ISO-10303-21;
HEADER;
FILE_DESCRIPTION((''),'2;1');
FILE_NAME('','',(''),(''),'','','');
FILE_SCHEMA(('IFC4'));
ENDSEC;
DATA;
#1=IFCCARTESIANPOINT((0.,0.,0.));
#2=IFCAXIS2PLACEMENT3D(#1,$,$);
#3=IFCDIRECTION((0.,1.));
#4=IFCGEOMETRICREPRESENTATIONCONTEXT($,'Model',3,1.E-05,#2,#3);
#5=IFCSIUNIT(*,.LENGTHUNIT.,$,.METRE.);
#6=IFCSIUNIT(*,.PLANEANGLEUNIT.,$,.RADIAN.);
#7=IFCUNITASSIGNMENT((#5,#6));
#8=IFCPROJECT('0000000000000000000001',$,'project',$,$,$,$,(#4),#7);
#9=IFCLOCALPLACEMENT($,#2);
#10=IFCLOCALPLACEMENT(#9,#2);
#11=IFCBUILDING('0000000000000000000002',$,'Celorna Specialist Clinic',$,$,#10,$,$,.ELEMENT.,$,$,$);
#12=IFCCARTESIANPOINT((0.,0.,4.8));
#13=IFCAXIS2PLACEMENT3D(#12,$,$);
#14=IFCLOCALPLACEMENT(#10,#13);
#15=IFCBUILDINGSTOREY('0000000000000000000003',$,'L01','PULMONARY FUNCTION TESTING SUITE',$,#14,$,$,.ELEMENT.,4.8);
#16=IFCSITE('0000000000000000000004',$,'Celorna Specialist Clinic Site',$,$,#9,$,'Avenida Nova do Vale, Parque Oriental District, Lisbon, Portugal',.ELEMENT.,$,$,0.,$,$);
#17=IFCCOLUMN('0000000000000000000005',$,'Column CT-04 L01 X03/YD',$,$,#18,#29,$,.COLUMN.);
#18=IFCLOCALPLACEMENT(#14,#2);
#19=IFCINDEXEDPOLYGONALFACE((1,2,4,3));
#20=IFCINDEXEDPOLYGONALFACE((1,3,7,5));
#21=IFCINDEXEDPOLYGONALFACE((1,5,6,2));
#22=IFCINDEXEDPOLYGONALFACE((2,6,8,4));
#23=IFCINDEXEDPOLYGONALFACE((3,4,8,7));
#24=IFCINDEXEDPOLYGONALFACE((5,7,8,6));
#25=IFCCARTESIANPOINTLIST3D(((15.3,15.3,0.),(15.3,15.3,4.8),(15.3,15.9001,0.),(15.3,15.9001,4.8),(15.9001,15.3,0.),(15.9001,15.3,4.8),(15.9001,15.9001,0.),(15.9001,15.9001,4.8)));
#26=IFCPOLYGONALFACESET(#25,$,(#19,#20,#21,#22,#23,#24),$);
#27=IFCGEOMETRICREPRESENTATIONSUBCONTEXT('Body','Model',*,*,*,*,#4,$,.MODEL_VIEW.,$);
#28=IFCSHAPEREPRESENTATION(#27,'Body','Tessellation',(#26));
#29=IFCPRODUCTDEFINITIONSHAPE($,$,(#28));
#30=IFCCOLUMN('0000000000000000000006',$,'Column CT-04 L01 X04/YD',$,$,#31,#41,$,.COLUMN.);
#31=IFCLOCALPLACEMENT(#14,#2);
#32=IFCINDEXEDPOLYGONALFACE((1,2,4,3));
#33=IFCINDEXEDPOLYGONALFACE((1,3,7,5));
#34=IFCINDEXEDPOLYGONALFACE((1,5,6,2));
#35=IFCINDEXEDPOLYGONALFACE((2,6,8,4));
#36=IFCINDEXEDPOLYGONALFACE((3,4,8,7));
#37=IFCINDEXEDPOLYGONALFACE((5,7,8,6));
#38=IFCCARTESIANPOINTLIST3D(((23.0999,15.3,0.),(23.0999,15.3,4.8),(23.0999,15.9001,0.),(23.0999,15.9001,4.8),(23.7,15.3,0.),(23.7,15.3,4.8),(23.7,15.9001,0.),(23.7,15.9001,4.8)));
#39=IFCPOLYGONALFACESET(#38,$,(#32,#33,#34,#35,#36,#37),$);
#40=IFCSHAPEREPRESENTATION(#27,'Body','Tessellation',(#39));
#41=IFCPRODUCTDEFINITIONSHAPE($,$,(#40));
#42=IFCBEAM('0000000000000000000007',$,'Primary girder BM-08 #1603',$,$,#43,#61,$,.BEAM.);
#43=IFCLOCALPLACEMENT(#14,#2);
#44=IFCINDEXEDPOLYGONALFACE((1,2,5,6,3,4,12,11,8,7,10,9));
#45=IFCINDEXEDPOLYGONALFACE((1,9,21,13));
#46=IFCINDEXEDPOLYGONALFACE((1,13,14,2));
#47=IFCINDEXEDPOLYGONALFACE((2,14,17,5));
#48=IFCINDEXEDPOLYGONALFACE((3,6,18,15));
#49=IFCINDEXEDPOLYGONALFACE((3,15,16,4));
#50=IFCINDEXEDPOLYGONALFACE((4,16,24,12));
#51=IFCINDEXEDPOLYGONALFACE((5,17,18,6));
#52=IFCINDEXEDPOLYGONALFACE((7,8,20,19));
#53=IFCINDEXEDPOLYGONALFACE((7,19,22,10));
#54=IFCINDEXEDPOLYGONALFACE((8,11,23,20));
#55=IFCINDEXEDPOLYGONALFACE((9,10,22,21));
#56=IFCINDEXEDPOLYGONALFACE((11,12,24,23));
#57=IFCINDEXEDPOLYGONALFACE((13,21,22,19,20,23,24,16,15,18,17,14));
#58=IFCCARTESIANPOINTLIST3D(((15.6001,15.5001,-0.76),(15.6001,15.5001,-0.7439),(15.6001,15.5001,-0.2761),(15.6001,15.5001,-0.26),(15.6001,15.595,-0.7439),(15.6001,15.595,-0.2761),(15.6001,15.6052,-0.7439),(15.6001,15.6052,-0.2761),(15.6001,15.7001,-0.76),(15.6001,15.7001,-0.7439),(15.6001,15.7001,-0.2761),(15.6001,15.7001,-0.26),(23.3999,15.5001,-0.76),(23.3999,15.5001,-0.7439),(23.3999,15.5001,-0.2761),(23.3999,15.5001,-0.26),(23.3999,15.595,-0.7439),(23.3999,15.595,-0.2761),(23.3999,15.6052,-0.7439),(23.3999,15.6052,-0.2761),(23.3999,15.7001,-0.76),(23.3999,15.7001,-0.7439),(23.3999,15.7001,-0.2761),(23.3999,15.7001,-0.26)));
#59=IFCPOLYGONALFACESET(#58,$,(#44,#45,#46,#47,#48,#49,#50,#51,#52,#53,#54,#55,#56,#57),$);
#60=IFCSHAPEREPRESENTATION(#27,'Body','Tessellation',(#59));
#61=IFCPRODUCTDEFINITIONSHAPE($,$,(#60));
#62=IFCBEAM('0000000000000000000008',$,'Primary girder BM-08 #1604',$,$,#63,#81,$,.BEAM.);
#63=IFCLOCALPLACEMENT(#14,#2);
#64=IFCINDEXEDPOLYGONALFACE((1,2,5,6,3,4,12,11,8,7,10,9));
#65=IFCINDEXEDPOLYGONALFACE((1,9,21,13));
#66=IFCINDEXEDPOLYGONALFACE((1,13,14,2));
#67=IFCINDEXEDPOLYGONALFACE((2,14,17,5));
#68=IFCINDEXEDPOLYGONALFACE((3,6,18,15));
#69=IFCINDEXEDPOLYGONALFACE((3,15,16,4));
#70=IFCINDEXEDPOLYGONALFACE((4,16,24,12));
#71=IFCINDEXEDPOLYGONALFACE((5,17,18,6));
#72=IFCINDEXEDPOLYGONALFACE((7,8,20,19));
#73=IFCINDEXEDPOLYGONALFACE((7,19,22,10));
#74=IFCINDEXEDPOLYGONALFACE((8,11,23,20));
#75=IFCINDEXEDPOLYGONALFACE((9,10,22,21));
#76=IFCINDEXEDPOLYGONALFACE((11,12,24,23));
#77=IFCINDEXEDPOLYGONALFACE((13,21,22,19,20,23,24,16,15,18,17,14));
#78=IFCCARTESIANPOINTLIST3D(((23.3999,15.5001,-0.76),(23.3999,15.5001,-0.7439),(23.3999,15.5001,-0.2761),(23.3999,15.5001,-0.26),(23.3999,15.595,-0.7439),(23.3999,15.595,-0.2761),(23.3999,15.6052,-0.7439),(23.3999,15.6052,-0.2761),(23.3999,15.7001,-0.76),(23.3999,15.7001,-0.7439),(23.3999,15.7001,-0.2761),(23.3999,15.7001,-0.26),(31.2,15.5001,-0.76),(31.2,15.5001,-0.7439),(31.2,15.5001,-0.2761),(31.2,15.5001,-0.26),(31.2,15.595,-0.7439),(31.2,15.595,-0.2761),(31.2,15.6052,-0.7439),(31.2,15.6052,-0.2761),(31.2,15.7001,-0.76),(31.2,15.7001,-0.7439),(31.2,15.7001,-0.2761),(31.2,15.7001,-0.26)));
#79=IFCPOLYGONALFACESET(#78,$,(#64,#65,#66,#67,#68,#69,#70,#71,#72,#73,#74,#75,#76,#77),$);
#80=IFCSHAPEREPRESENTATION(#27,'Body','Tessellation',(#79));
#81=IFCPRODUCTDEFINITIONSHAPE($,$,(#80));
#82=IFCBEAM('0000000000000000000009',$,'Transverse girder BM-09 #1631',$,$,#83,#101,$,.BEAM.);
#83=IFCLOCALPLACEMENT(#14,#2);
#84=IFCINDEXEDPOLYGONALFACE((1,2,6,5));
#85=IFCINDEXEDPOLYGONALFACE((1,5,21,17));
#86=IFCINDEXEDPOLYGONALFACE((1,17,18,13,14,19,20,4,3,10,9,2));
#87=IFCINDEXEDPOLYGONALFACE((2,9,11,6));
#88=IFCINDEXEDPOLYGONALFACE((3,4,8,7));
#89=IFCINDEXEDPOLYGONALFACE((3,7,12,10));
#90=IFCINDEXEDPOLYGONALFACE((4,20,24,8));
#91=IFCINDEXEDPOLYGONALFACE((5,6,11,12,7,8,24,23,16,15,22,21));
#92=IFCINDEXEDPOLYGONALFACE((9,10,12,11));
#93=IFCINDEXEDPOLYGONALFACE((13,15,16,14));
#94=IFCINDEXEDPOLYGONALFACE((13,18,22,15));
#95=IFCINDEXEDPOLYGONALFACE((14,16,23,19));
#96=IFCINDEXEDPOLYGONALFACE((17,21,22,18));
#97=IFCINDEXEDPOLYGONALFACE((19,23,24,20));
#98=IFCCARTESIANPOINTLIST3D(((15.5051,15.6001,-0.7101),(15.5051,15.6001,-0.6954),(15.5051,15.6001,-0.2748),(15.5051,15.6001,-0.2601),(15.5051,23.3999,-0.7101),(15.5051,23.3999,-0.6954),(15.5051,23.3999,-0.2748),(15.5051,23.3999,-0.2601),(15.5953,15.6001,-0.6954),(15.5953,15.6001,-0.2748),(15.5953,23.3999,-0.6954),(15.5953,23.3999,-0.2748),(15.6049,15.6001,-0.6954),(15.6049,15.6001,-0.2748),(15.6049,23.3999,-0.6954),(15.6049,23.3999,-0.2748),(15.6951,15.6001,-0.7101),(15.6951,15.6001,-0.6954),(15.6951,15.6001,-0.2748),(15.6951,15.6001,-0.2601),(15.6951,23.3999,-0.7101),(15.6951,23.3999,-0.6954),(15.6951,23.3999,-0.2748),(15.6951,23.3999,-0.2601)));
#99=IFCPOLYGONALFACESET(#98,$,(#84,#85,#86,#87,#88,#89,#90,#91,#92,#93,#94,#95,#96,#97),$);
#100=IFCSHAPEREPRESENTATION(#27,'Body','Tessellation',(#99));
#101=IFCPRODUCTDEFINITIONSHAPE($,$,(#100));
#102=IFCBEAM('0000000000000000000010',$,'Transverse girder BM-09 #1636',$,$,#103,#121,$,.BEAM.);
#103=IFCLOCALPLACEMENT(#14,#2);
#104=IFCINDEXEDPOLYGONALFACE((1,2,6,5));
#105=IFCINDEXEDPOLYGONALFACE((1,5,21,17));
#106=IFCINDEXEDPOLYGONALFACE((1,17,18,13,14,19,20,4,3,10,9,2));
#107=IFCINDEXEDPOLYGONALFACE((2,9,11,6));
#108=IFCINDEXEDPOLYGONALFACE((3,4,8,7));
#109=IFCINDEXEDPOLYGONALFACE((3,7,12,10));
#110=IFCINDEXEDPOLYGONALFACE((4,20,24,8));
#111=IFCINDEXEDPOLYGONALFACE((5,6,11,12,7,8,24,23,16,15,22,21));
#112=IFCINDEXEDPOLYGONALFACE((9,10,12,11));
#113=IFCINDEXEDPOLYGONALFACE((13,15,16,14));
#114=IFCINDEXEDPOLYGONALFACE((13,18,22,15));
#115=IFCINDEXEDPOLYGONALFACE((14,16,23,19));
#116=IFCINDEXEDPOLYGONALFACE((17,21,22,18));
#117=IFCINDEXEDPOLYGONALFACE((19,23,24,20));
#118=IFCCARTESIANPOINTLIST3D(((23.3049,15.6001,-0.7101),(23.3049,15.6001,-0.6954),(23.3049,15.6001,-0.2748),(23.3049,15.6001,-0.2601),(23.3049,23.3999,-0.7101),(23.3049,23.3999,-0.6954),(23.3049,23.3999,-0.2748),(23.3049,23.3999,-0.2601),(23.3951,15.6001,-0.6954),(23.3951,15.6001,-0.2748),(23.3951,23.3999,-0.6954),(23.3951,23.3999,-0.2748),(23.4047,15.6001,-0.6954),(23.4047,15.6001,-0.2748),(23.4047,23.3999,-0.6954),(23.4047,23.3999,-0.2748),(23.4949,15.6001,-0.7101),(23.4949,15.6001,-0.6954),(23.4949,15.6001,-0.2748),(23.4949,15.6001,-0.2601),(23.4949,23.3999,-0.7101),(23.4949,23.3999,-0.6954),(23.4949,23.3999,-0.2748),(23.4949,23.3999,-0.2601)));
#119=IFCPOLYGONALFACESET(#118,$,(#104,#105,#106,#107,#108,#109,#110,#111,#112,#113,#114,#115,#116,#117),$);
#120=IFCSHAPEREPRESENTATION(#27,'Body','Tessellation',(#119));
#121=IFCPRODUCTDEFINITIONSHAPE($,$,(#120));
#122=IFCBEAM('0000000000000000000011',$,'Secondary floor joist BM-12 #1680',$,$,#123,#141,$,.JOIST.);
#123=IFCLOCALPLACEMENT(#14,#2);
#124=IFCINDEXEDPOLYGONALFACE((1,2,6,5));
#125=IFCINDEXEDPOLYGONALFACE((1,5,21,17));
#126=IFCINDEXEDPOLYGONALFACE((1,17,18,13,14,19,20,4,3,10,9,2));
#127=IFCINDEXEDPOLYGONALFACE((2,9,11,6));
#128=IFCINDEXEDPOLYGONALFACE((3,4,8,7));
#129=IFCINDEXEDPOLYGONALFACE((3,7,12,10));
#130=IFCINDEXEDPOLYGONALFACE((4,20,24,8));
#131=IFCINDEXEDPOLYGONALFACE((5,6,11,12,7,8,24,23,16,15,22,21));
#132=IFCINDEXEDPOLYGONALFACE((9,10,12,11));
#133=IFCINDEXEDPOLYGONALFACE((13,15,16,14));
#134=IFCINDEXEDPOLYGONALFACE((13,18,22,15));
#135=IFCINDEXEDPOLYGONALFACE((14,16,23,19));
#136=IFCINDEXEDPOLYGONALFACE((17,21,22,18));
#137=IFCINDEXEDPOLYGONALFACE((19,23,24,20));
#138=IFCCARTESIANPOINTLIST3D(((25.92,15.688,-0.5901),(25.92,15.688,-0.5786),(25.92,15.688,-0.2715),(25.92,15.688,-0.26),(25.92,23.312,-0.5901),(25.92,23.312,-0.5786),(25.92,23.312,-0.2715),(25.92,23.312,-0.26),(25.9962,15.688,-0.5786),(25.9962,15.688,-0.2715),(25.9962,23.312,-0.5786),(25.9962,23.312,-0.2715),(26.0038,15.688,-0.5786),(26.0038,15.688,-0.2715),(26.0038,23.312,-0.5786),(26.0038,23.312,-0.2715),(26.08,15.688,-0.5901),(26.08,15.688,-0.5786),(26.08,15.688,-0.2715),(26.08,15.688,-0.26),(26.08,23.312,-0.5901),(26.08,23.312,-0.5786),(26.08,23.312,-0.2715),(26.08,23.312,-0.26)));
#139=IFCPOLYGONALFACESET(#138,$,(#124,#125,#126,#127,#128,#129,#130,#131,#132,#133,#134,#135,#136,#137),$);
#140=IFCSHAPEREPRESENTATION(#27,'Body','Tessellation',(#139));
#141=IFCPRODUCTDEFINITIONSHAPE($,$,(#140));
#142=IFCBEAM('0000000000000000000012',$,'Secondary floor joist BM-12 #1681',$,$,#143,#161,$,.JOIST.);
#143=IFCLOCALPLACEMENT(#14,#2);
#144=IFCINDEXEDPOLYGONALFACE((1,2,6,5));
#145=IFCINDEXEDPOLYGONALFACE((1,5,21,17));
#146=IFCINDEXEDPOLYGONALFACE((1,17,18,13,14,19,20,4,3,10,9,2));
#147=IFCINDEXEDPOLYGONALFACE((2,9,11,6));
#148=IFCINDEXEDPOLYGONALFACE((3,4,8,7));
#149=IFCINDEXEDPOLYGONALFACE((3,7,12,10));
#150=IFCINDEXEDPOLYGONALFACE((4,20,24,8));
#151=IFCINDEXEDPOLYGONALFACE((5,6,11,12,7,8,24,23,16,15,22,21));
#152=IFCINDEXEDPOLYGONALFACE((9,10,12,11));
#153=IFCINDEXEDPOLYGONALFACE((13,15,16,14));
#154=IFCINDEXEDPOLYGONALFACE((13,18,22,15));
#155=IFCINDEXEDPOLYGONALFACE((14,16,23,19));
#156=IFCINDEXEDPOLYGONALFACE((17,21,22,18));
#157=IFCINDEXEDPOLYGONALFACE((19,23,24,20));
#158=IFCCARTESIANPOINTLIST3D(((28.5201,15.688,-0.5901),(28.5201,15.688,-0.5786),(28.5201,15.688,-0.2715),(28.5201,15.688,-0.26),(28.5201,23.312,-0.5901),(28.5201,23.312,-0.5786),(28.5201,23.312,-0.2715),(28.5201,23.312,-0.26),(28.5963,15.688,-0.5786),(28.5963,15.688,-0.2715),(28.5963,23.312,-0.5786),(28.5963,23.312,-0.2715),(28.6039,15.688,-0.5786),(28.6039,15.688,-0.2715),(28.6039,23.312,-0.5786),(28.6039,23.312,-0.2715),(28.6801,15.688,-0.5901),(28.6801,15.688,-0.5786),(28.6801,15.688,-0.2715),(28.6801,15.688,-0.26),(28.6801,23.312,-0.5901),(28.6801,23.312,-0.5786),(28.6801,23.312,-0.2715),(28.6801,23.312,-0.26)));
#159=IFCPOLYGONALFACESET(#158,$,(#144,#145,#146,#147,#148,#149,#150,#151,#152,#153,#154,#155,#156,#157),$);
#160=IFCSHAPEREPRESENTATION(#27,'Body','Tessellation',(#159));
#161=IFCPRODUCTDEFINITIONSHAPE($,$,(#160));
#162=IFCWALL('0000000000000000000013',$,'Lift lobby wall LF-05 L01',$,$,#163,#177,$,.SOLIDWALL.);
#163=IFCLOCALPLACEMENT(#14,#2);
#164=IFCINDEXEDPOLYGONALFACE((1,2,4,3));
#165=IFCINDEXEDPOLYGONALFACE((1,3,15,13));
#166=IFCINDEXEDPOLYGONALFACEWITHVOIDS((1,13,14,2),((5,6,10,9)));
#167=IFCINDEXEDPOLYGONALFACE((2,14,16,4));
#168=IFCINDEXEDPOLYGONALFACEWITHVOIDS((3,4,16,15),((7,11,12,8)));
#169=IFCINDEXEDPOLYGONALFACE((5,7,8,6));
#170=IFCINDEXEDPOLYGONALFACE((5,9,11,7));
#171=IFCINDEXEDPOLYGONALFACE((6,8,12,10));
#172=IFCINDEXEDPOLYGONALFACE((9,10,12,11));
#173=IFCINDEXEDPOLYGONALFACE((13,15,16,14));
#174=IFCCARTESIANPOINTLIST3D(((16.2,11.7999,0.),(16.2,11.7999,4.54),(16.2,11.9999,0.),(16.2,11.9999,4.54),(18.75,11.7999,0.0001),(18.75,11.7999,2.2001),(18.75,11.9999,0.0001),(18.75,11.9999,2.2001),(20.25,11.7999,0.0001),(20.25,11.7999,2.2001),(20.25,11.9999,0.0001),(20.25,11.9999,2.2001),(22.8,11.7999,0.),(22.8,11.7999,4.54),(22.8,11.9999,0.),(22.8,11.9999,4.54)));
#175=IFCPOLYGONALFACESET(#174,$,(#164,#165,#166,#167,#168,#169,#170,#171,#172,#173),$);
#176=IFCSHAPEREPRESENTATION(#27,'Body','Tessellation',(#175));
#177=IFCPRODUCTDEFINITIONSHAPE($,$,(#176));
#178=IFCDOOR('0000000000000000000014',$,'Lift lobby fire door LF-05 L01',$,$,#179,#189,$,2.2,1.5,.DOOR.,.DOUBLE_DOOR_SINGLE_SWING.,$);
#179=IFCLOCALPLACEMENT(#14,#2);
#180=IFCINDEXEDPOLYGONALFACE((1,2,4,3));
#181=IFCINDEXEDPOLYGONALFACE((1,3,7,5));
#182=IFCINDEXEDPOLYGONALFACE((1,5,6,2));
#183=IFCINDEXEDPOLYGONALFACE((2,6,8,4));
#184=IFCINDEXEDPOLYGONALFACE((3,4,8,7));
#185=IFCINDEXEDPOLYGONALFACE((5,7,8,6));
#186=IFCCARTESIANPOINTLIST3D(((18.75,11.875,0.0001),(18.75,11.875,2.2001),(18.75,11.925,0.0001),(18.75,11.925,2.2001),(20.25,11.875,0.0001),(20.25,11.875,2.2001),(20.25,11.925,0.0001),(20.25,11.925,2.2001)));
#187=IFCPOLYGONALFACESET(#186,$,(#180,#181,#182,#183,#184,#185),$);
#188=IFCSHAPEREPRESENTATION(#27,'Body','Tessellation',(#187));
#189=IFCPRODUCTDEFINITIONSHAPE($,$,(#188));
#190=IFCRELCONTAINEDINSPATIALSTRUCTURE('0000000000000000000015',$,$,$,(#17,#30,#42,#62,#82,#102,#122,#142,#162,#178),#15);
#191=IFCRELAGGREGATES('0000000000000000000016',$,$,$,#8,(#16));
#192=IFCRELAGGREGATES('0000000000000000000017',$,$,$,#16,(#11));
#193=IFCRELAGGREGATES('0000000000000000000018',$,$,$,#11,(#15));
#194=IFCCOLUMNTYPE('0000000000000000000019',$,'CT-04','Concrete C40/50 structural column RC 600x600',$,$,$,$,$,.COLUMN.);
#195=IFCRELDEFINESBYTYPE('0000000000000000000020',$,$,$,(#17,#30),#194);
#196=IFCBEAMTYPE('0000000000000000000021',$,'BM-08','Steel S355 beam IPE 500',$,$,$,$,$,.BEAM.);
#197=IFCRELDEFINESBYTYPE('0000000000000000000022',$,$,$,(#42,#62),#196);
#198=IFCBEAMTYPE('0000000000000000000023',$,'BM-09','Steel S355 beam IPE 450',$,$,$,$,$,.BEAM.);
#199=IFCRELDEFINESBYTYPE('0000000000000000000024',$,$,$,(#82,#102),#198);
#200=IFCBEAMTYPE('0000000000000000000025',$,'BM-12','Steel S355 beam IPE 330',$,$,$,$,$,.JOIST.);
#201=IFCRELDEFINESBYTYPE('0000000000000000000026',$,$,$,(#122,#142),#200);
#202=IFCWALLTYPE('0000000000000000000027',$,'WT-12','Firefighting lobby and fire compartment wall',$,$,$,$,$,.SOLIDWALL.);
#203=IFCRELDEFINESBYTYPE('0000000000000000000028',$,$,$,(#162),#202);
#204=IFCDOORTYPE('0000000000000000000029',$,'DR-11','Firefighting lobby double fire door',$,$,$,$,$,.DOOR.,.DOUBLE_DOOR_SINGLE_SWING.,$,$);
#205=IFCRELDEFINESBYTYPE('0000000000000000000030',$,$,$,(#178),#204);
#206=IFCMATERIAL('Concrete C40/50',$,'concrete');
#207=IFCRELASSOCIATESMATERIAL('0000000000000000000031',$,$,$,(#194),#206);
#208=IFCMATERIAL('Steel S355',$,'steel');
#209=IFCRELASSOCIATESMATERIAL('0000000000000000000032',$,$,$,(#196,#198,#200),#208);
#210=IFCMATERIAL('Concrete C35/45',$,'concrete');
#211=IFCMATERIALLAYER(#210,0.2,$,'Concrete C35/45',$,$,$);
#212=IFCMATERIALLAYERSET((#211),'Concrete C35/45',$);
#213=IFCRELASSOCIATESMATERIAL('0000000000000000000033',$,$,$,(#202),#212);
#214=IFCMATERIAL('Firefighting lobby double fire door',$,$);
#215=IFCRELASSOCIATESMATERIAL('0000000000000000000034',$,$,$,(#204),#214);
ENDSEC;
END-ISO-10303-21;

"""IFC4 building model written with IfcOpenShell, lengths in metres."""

from ifc_helpers import new_model, si_unit, direction, frame, frame_2d, origin, origin_2d, place, context, subcontext, project, spatial, rectangle, i_section, extrude, material, layer, layer_set, material_profile, profile_set, type_object, element, fill, save


model = new_model("IFC4")

# Units and contexts
model_context = context("Model", 3, precision=1e-05, world=origin(), true_north=direction((0.0, 1.0)))
body_context = subcontext(model_context, "Body", "Model", "MODEL_VIEW")
ifc_project = project(units=[si_unit("LENGTHUNIT", "METRE"), si_unit("PLANEANGLEUNIT", "RADIAN")], contexts=[model_context])

# Site, building, storey
site_placement = place(None, origin())
site = spatial("IfcSite", under=ifc_project, at=site_placement, Name="Celorna Specialist Clinic Site", LongName="Avenida Nova do Vale, Parque Oriental District, Lisbon, Portugal", CompositionType="ELEMENT", RefElevation=0.0)
building_placement = place(site_placement, origin())
building = spatial("IfcBuilding", under=site, at=building_placement, Name="Celorna Specialist Clinic", CompositionType="ELEMENT")
storey_placement = place(building_placement, frame((0.0, 0.0, 4.8)))
storey = spatial("IfcBuildingStorey", under=building, at=storey_placement, Name="L01", Description="PULMONARY FUNCTION TESTING SUITE", CompositionType="ELEMENT", Elevation=4.8)

# Columns
ifc_material_1 = material(Name="Concrete C40/50", Category="concrete")
ifc_material_profile_1 = material_profile(ifc_material_1, rectangle(XDim=0.6001, YDim=0.6001, at=origin_2d()), Name="RC 600x600")
ifc_profile_set_1 = profile_set([ifc_material_profile_1], Name="Concrete C40/50")
column_type = type_object("IfcColumnType", Name="CT-04", Description="Concrete C40/50 structural column RC 600x600", PredefinedType="COLUMN", material=ifc_profile_set_1)
for number, where, z_axis, x_axis, name in (
    (1, (15.6001, 15.6001, 0.0), (0.0, 0.0, 1.0), (1.0, 0.0, 0.0), "Column CT-04 L01 X03/YD"),
    (2, (23.3999, 15.6001, 0.0), (0.0, 0.0, 1.0), (1.0, 0.0, 0.0), "Column CT-04 L01 X04/YD"),
):
    element("IfcColumn", number, at=place(storey_placement, frame(where, z_axis=z_axis, x_axis=x_axis)), inside=storey, type_object=column_type, Name=name, PredefinedType="COLUMN", context=body_context, shape_type="SweptSolid", body=[
        extrude(rectangle(XDim=0.6001, YDim=0.6001, at=origin_2d()), origin(), (0.0, 0.0, 1.0), 4.8),
    ])

# Beams
ifc_material_2 = material(Name="Steel S355", Category="steel")
ifc_material_profile_2 = material_profile(ifc_material_2, i_section(OverallWidth=0.2, OverallDepth=0.5, WebThickness=0.0103, FlangeThickness=0.0161, at=origin_2d()), Name="IPE 500")
ifc_profile_set_2 = profile_set([ifc_material_profile_2], Name="Steel S355")
beam_type_1 = type_object("IfcBeamType", Name="BM-08", Description="Steel S355 beam IPE 500", PredefinedType="BEAM", material=ifc_profile_set_2)
beam_1_placement = place(storey_placement, frame((15.6001, 15.6001, -0.51), z_axis=(1.0, 0.0, 0.0), x_axis=(0.0, 1.0, 0.0)))
element("IfcBeam", 3, at=beam_1_placement, inside=storey, type_object=beam_type_1, Name="Primary girder BM-08 #1603", PredefinedType="BEAM", context=body_context, shape_type="SweptSolid", body=[
    extrude(i_section(OverallWidth=0.2, OverallDepth=0.5, WebThickness=0.0103, FlangeThickness=0.0161, at=origin_2d()), origin(), (0.0, 0.0, 1.0), 7.7998),
])
beam_2_placement = place(storey_placement, frame((23.3999, 15.6001, -0.51), z_axis=(1.0, 0.0, 0.0), x_axis=(0.0, 1.0, 0.0)))
element("IfcBeam", 4, at=beam_2_placement, inside=storey, type_object=beam_type_1, Name="Primary girder BM-08 #1604", PredefinedType="BEAM", context=body_context, shape_type="SweptSolid", body=[
    extrude(i_section(OverallWidth=0.2, OverallDepth=0.5, WebThickness=0.0103, FlangeThickness=0.0161, at=origin_2d()), origin(), (0.0, 0.0, 1.0), 7.8),
])
ifc_material_profile_3 = material_profile(ifc_material_2, i_section(OverallWidth=0.1899, OverallDepth=0.45, WebThickness=0.0095, FlangeThickness=0.0146, at=origin_2d()), Name="IPE 450")
ifc_profile_set_3 = profile_set([ifc_material_profile_3], Name="Steel S355")
beam_type_2 = type_object("IfcBeamType", Name="BM-09", Description="Steel S355 beam IPE 450", PredefinedType="BEAM", material=ifc_profile_set_3)
for number, where, z_axis, x_axis, name in (
    (5, (15.6001, 15.6001, -0.4851), (0.0, 1.0, 0.0), (-1.0, 0.0, 0.0), "Transverse girder BM-09 #1631"),
    (6, (23.3999, 15.6001, -0.4851), (0.0, 1.0, 0.0), (-1.0, 0.0, 0.0), "Transverse girder BM-09 #1636"),
):
    element("IfcBeam", number, at=place(storey_placement, frame(where, z_axis=z_axis, x_axis=x_axis)), inside=storey, type_object=beam_type_2, Name=name, PredefinedType="BEAM", context=body_context, shape_type="SweptSolid", body=[
        extrude(i_section(OverallWidth=0.1899, OverallDepth=0.45, WebThickness=0.0095, FlangeThickness=0.0146, at=origin_2d()), origin(), (0.0, 0.0, 1.0), 7.7998),
    ])
ifc_material_profile_4 = material_profile(ifc_material_2, i_section(OverallWidth=0.1599, OverallDepth=0.3301, WebThickness=0.0076, FlangeThickness=0.0115, at=origin_2d()), Name="IPE 330")
ifc_profile_set_4 = profile_set([ifc_material_profile_4], Name="Steel S355")
beam_type_3 = type_object("IfcBeamType", Name="BM-12", Description="Steel S355 beam IPE 330", PredefinedType="JOIST", material=ifc_profile_set_4)
for number, where, z_axis, x_axis, name in (
    (7, (26.0, 15.688, -0.425), (0.0, 1.0, 0.0), (-1.0, 0.0, 0.0), "Secondary floor joist BM-12 #1680"),
    (8, (28.6001, 15.688, -0.425), (0.0, 1.0, 0.0), (-1.0, 0.0, 0.0), "Secondary floor joist BM-12 #1681"),
):
    element("IfcBeam", number, at=place(storey_placement, frame(where, z_axis=z_axis, x_axis=x_axis)), inside=storey, type_object=beam_type_3, Name=name, PredefinedType="JOIST", context=body_context, shape_type="SweptSolid", body=[
        extrude(i_section(OverallWidth=0.1599, OverallDepth=0.3301, WebThickness=0.0076, FlangeThickness=0.0115, at=origin_2d()), origin(), (0.0, 0.0, 1.0), 7.624),
    ])

# Wall, opening, door
ifc_material_3 = material(Name="Concrete C35/45", Category="concrete")
ifc_layer_1 = layer(ifc_material_3, 0.2, Name="Concrete C35/45")
ifc_layer_set_1 = layer_set([ifc_layer_1], Name="Concrete C35/45")
wall_type_1 = type_object("IfcWallType", Name="WT-12", Description="Firefighting lobby and fire compartment wall", PredefinedType="SOLIDWALL", material=ifc_layer_set_1)
wall_1_placement = place(storey_placement, frame((22.8, 11.8999, 0.0), z_axis=(0.0, 0.0, 1.0), x_axis=(-1.0, 0.0, 0.0)))
wall_1 = element("IfcWall", 9, at=wall_1_placement, inside=storey, type_object=wall_type_1, Name="Lift lobby wall LF-05 L01", PredefinedType="SOLIDWALL", context=body_context, shape_type="SweptSolid", body=[
    extrude(rectangle(XDim=6.6001, YDim=0.2, at=frame_2d((3.3, 0.0))), origin(), (0.0, 0.0, 1.0), 4.54),
])
opening_1_placement = place(wall_1_placement, frame((2.55, 0.0, 0.0)))
opening_1 = element("IfcOpeningElement", 10, at=opening_1_placement, cuts=wall_1, PredefinedType="OPENING", context=body_context, shape_type="SweptSolid", body=[
    extrude(rectangle(XDim=1.5, YDim=2.2, at=frame_2d((0.75, 1.1001))), frame((0.0, 0.1099, 0.0), z_axis=(0.0, -1.0, 0.0), x_axis=(1.0, 0.0, 0.0)), (0.0, 0.0, 1.0), 0.22),
])
ifc_material_4 = material(Name="Firefighting lobby double fire door")
door_type_1 = type_object("IfcDoorType", Name="DR-11", Description="Firefighting lobby double fire door", OperationType="DOUBLE_DOOR_SINGLE_SWING", PredefinedType="DOOR", material=ifc_material_4)
door_1_placement = place(opening_1_placement, origin())
door_1 = element("IfcDoor", 11, at=door_1_placement, inside=storey, type_object=door_type_1, Name="Lift lobby fire door LF-05 L01", OperationType="DOUBLE_DOOR_SINGLE_SWING", OverallHeight=2.2, OverallWidth=1.5, PredefinedType="DOOR", context=body_context, shape_type="SweptSolid", body=[
    extrude(rectangle(XDim=1.5, YDim=2.2, at=frame_2d((0.75, 1.1001))), frame((0.0, 0.0249, 0.0), z_axis=(0.0, -1.0, 0.0), x_axis=(1.0, 0.0, 0.0)), (0.0, 0.0, 1.0), 0.05),
])
fill(opening_1, door_1)

save(model, "model.ifc")
